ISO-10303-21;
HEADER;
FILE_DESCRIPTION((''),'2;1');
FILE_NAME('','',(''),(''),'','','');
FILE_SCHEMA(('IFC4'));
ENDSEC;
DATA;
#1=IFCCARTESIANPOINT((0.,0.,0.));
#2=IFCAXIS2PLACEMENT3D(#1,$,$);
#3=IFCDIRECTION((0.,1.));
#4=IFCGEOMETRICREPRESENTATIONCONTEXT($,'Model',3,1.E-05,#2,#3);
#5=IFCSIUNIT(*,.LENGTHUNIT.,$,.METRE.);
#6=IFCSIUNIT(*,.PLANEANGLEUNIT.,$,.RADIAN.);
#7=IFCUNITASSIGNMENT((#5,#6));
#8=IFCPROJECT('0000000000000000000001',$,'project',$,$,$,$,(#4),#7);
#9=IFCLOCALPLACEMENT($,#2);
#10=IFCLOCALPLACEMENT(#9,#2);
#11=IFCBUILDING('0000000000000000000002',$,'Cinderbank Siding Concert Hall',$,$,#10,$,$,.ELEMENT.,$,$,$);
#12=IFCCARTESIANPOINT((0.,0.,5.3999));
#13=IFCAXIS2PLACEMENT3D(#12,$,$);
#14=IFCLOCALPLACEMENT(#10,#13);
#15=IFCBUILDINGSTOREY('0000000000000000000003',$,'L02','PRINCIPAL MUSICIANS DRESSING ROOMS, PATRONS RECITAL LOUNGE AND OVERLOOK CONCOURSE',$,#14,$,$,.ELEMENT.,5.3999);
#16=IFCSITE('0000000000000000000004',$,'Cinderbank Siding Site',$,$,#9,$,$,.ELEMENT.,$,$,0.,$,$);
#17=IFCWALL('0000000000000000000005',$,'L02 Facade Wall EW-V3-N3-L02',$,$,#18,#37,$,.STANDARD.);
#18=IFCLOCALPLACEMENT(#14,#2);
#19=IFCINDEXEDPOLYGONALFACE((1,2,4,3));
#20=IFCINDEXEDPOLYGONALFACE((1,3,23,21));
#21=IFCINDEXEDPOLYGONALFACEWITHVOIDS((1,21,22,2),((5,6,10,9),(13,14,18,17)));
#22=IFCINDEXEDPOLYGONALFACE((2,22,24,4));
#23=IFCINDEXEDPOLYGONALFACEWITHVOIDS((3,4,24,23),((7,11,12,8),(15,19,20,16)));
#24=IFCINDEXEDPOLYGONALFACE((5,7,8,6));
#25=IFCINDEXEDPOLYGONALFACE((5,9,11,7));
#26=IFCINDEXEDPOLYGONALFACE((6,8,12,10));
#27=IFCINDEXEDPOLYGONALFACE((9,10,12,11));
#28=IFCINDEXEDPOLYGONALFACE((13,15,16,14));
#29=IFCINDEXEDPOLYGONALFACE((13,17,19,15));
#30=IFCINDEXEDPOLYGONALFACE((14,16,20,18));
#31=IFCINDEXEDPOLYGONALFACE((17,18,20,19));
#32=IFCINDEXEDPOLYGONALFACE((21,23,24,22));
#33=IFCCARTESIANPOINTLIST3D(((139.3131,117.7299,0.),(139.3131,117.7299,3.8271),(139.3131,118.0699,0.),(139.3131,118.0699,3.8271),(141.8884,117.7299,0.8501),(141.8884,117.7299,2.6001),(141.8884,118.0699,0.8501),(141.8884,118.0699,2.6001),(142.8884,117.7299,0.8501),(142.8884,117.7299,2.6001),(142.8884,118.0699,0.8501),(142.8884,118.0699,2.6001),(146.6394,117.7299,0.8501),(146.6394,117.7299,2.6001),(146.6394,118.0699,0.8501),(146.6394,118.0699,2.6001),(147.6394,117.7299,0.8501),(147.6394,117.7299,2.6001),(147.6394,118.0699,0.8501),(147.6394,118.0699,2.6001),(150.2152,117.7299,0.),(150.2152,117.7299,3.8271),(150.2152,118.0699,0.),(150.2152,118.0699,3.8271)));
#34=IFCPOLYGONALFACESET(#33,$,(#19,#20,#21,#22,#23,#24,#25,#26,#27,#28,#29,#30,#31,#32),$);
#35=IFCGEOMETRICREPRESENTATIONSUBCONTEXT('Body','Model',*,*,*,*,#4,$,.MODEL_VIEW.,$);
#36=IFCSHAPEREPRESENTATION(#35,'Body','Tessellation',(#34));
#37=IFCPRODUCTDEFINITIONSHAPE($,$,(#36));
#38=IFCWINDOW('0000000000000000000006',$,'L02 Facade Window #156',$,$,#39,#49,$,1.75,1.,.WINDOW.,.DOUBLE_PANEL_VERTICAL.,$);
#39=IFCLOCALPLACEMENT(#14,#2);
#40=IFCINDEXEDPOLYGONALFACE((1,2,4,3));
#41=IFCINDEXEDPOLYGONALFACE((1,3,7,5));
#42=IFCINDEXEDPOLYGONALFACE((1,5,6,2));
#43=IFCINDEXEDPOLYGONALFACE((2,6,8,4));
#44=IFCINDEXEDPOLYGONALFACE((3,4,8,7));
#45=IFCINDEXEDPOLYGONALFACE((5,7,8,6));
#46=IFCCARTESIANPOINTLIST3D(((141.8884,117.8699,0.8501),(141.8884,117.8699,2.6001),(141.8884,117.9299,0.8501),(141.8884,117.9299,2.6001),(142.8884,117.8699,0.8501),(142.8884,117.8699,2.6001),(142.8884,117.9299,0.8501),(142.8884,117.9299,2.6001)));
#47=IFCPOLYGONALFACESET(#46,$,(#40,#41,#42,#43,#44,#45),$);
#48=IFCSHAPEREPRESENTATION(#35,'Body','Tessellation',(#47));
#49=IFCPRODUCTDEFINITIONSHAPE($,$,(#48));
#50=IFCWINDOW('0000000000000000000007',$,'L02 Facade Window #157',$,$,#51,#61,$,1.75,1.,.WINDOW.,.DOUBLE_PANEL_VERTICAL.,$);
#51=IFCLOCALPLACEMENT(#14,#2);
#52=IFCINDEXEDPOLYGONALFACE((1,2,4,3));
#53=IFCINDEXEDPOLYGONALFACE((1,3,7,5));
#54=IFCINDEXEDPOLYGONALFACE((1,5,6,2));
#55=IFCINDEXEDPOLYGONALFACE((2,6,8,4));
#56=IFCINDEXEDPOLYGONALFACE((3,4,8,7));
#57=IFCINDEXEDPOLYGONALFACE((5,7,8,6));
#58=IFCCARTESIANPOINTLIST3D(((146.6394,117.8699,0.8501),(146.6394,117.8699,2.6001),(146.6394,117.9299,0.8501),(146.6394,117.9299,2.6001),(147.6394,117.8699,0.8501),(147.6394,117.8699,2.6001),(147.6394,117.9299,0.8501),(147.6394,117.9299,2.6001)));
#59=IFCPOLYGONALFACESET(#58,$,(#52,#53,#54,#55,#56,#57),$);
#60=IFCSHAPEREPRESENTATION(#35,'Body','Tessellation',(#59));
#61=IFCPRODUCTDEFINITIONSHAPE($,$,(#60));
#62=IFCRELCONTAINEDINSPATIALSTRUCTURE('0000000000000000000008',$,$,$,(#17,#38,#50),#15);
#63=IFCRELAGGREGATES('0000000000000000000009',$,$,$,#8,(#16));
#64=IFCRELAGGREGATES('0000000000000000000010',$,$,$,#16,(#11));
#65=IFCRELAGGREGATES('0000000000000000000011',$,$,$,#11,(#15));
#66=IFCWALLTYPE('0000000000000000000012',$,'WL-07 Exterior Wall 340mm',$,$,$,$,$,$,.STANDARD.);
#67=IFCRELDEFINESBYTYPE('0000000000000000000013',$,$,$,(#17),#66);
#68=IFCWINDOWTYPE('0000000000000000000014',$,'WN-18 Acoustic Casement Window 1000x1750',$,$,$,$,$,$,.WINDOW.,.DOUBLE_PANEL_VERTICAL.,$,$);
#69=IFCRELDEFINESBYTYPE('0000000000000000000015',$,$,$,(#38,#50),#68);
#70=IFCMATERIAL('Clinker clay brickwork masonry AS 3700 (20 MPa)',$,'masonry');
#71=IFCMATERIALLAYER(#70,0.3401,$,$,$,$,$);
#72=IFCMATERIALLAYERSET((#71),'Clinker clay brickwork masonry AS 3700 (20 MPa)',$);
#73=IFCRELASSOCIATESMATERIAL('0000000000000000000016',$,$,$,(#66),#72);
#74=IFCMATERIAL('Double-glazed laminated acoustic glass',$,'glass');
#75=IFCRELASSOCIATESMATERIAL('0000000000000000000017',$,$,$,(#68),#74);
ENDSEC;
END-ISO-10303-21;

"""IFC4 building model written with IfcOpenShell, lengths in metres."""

from ifc_helpers import new_model, si_unit, direction, frame, frame_2d, origin, place, context, subcontext, project, spatial, rectangle, extrude, material, layer, layer_set, type_object, element, fill, save


model = new_model("IFC4")

# Units and contexts
model_context = context("Model", 3, precision=1e-05, world=origin(), true_north=direction((0.0, 1.0)))
body_context = subcontext(model_context, "Body", "Model", "MODEL_VIEW")
ifc_project = project(units=[si_unit("LENGTHUNIT", "METRE"), si_unit("PLANEANGLEUNIT", "RADIAN")], contexts=[model_context])

# Site, building, storey
site_placement = place(None, origin())
site = spatial("IfcSite", under=ifc_project, at=site_placement, Name="Cinderbank Siding Site", CompositionType="ELEMENT", RefElevation=0.0)
building_placement = place(site_placement, origin())
building = spatial("IfcBuilding", under=site, at=building_placement, Name="Cinderbank Siding Concert Hall", CompositionType="ELEMENT")
storey_placement = place(building_placement, frame((0.0, 0.0, 5.3999)))
storey = spatial("IfcBuildingStorey", under=building, at=storey_placement, Name="L02", Description="PRINCIPAL MUSICIANS DRESSING ROOMS, PATRONS RECITAL LOUNGE AND OVERLOOK CONCOURSE", CompositionType="ELEMENT", Elevation=5.3999)

# Wall, openings, windows
ifc_material_1 = material(Name="Clinker clay brickwork masonry AS 3700 (20 MPa)", Category="masonry")
ifc_layer = layer(ifc_material_1, 0.3401)
ifc_layer_set = layer_set([ifc_layer], Name="Clinker clay brickwork masonry AS 3700 (20 MPa)")
wall_type = type_object("IfcWallType", Name="WL-07 Exterior Wall 340mm", PredefinedType="STANDARD", material=ifc_layer_set)
ifc_material_2 = material(Name="Double-glazed laminated acoustic glass", Category="glass")
wall_1_placement = place(storey_placement, frame((139.313, 117.8999, 0.0), z_axis=(0.0, 0.0, 1.0), x_axis=(1.0, 0.0, 0.0)))
wall_1 = element("IfcWall", 1, at=wall_1_placement, inside=storey, type_object=wall_type, Name="L02 Facade Wall EW-V3-N3-L02", PredefinedType="STANDARD", context=body_context, shape_type="SweptSolid", body=[
    extrude(rectangle(XDim=10.9021, YDim=0.3401, at=frame_2d((5.4512, 0.0))), origin(), (0.0, 0.0, 1.0), 3.8271),
])
opening_1_placement = place(wall_1_placement, frame((2.5754, 0.0, 0.8501)))
opening_1 = element("IfcOpeningElement", 2, at=opening_1_placement, cuts=wall_1, PredefinedType="OPENING", context=body_context, shape_type="SweptSolid", body=[
    extrude(rectangle(XDim=1.0, YDim=1.75, at=frame_2d((0.5, 0.875))), frame((0.0, 0.1821, 0.0), z_axis=(0.0, -1.0, 0.0), x_axis=(1.0, 0.0, 0.0)), (0.0, 0.0, 1.0), 0.364),
])
opening_2_placement = place(wall_1_placement, frame((7.3264, 0.0, 0.8501)))
opening_2 = element("IfcOpeningElement", 3, at=opening_2_placement, cuts=wall_1, PredefinedType="OPENING", context=body_context, shape_type="SweptSolid", body=[
    extrude(rectangle(XDim=1.0, YDim=1.75, at=frame_2d((0.5, 0.875))), frame((0.0, 0.1821, 0.0), z_axis=(0.0, -1.0, 0.0), x_axis=(1.0, 0.0, 0.0)), (0.0, 0.0, 1.0), 0.364),
])
window_type_1 = type_object("IfcWindowType", Name="WN-18 Acoustic Casement Window 1000x1750", PartitioningType="DOUBLE_PANEL_VERTICAL", PredefinedType="WINDOW", material=ifc_material_2)
window_1_placement = place(opening_1_placement, origin())
window_1 = element("IfcWindow", 4, at=window_1_placement, inside=storey, type_object=window_type_1, Name="L02 Facade Window #156", OverallHeight=1.75, OverallWidth=1.0, PartitioningType="DOUBLE_PANEL_VERTICAL", PredefinedType="WINDOW", context=body_context, shape_type="SweptSolid", body=[
    extrude(rectangle(XDim=1.0, YDim=1.75, at=frame_2d((0.5, 0.875))), frame((0.0, 0.03, 0.0), z_axis=(0.0, -1.0, 0.0), x_axis=(1.0, 0.0, 0.0)), (0.0, 0.0, 1.0), 0.0601),
])
fill(opening_1, window_1)
window_2_placement = place(opening_2_placement, origin())
window_2 = element("IfcWindow", 5, at=window_2_placement, inside=storey, type_object=window_type_1, Name="L02 Facade Window #157", OverallHeight=1.75, OverallWidth=1.0, PartitioningType="DOUBLE_PANEL_VERTICAL", PredefinedType="WINDOW", context=body_context, shape_type="SweptSolid", body=[
    extrude(rectangle(XDim=1.0, YDim=1.75, at=frame_2d((0.5, 0.875))), frame((0.0, 0.03, 0.0), z_axis=(0.0, -1.0, 0.0), x_axis=(1.0, 0.0, 0.0)), (0.0, 0.0, 1.0), 0.0601),
])
fill(opening_2, window_2)

save(model, "model.ifc")
